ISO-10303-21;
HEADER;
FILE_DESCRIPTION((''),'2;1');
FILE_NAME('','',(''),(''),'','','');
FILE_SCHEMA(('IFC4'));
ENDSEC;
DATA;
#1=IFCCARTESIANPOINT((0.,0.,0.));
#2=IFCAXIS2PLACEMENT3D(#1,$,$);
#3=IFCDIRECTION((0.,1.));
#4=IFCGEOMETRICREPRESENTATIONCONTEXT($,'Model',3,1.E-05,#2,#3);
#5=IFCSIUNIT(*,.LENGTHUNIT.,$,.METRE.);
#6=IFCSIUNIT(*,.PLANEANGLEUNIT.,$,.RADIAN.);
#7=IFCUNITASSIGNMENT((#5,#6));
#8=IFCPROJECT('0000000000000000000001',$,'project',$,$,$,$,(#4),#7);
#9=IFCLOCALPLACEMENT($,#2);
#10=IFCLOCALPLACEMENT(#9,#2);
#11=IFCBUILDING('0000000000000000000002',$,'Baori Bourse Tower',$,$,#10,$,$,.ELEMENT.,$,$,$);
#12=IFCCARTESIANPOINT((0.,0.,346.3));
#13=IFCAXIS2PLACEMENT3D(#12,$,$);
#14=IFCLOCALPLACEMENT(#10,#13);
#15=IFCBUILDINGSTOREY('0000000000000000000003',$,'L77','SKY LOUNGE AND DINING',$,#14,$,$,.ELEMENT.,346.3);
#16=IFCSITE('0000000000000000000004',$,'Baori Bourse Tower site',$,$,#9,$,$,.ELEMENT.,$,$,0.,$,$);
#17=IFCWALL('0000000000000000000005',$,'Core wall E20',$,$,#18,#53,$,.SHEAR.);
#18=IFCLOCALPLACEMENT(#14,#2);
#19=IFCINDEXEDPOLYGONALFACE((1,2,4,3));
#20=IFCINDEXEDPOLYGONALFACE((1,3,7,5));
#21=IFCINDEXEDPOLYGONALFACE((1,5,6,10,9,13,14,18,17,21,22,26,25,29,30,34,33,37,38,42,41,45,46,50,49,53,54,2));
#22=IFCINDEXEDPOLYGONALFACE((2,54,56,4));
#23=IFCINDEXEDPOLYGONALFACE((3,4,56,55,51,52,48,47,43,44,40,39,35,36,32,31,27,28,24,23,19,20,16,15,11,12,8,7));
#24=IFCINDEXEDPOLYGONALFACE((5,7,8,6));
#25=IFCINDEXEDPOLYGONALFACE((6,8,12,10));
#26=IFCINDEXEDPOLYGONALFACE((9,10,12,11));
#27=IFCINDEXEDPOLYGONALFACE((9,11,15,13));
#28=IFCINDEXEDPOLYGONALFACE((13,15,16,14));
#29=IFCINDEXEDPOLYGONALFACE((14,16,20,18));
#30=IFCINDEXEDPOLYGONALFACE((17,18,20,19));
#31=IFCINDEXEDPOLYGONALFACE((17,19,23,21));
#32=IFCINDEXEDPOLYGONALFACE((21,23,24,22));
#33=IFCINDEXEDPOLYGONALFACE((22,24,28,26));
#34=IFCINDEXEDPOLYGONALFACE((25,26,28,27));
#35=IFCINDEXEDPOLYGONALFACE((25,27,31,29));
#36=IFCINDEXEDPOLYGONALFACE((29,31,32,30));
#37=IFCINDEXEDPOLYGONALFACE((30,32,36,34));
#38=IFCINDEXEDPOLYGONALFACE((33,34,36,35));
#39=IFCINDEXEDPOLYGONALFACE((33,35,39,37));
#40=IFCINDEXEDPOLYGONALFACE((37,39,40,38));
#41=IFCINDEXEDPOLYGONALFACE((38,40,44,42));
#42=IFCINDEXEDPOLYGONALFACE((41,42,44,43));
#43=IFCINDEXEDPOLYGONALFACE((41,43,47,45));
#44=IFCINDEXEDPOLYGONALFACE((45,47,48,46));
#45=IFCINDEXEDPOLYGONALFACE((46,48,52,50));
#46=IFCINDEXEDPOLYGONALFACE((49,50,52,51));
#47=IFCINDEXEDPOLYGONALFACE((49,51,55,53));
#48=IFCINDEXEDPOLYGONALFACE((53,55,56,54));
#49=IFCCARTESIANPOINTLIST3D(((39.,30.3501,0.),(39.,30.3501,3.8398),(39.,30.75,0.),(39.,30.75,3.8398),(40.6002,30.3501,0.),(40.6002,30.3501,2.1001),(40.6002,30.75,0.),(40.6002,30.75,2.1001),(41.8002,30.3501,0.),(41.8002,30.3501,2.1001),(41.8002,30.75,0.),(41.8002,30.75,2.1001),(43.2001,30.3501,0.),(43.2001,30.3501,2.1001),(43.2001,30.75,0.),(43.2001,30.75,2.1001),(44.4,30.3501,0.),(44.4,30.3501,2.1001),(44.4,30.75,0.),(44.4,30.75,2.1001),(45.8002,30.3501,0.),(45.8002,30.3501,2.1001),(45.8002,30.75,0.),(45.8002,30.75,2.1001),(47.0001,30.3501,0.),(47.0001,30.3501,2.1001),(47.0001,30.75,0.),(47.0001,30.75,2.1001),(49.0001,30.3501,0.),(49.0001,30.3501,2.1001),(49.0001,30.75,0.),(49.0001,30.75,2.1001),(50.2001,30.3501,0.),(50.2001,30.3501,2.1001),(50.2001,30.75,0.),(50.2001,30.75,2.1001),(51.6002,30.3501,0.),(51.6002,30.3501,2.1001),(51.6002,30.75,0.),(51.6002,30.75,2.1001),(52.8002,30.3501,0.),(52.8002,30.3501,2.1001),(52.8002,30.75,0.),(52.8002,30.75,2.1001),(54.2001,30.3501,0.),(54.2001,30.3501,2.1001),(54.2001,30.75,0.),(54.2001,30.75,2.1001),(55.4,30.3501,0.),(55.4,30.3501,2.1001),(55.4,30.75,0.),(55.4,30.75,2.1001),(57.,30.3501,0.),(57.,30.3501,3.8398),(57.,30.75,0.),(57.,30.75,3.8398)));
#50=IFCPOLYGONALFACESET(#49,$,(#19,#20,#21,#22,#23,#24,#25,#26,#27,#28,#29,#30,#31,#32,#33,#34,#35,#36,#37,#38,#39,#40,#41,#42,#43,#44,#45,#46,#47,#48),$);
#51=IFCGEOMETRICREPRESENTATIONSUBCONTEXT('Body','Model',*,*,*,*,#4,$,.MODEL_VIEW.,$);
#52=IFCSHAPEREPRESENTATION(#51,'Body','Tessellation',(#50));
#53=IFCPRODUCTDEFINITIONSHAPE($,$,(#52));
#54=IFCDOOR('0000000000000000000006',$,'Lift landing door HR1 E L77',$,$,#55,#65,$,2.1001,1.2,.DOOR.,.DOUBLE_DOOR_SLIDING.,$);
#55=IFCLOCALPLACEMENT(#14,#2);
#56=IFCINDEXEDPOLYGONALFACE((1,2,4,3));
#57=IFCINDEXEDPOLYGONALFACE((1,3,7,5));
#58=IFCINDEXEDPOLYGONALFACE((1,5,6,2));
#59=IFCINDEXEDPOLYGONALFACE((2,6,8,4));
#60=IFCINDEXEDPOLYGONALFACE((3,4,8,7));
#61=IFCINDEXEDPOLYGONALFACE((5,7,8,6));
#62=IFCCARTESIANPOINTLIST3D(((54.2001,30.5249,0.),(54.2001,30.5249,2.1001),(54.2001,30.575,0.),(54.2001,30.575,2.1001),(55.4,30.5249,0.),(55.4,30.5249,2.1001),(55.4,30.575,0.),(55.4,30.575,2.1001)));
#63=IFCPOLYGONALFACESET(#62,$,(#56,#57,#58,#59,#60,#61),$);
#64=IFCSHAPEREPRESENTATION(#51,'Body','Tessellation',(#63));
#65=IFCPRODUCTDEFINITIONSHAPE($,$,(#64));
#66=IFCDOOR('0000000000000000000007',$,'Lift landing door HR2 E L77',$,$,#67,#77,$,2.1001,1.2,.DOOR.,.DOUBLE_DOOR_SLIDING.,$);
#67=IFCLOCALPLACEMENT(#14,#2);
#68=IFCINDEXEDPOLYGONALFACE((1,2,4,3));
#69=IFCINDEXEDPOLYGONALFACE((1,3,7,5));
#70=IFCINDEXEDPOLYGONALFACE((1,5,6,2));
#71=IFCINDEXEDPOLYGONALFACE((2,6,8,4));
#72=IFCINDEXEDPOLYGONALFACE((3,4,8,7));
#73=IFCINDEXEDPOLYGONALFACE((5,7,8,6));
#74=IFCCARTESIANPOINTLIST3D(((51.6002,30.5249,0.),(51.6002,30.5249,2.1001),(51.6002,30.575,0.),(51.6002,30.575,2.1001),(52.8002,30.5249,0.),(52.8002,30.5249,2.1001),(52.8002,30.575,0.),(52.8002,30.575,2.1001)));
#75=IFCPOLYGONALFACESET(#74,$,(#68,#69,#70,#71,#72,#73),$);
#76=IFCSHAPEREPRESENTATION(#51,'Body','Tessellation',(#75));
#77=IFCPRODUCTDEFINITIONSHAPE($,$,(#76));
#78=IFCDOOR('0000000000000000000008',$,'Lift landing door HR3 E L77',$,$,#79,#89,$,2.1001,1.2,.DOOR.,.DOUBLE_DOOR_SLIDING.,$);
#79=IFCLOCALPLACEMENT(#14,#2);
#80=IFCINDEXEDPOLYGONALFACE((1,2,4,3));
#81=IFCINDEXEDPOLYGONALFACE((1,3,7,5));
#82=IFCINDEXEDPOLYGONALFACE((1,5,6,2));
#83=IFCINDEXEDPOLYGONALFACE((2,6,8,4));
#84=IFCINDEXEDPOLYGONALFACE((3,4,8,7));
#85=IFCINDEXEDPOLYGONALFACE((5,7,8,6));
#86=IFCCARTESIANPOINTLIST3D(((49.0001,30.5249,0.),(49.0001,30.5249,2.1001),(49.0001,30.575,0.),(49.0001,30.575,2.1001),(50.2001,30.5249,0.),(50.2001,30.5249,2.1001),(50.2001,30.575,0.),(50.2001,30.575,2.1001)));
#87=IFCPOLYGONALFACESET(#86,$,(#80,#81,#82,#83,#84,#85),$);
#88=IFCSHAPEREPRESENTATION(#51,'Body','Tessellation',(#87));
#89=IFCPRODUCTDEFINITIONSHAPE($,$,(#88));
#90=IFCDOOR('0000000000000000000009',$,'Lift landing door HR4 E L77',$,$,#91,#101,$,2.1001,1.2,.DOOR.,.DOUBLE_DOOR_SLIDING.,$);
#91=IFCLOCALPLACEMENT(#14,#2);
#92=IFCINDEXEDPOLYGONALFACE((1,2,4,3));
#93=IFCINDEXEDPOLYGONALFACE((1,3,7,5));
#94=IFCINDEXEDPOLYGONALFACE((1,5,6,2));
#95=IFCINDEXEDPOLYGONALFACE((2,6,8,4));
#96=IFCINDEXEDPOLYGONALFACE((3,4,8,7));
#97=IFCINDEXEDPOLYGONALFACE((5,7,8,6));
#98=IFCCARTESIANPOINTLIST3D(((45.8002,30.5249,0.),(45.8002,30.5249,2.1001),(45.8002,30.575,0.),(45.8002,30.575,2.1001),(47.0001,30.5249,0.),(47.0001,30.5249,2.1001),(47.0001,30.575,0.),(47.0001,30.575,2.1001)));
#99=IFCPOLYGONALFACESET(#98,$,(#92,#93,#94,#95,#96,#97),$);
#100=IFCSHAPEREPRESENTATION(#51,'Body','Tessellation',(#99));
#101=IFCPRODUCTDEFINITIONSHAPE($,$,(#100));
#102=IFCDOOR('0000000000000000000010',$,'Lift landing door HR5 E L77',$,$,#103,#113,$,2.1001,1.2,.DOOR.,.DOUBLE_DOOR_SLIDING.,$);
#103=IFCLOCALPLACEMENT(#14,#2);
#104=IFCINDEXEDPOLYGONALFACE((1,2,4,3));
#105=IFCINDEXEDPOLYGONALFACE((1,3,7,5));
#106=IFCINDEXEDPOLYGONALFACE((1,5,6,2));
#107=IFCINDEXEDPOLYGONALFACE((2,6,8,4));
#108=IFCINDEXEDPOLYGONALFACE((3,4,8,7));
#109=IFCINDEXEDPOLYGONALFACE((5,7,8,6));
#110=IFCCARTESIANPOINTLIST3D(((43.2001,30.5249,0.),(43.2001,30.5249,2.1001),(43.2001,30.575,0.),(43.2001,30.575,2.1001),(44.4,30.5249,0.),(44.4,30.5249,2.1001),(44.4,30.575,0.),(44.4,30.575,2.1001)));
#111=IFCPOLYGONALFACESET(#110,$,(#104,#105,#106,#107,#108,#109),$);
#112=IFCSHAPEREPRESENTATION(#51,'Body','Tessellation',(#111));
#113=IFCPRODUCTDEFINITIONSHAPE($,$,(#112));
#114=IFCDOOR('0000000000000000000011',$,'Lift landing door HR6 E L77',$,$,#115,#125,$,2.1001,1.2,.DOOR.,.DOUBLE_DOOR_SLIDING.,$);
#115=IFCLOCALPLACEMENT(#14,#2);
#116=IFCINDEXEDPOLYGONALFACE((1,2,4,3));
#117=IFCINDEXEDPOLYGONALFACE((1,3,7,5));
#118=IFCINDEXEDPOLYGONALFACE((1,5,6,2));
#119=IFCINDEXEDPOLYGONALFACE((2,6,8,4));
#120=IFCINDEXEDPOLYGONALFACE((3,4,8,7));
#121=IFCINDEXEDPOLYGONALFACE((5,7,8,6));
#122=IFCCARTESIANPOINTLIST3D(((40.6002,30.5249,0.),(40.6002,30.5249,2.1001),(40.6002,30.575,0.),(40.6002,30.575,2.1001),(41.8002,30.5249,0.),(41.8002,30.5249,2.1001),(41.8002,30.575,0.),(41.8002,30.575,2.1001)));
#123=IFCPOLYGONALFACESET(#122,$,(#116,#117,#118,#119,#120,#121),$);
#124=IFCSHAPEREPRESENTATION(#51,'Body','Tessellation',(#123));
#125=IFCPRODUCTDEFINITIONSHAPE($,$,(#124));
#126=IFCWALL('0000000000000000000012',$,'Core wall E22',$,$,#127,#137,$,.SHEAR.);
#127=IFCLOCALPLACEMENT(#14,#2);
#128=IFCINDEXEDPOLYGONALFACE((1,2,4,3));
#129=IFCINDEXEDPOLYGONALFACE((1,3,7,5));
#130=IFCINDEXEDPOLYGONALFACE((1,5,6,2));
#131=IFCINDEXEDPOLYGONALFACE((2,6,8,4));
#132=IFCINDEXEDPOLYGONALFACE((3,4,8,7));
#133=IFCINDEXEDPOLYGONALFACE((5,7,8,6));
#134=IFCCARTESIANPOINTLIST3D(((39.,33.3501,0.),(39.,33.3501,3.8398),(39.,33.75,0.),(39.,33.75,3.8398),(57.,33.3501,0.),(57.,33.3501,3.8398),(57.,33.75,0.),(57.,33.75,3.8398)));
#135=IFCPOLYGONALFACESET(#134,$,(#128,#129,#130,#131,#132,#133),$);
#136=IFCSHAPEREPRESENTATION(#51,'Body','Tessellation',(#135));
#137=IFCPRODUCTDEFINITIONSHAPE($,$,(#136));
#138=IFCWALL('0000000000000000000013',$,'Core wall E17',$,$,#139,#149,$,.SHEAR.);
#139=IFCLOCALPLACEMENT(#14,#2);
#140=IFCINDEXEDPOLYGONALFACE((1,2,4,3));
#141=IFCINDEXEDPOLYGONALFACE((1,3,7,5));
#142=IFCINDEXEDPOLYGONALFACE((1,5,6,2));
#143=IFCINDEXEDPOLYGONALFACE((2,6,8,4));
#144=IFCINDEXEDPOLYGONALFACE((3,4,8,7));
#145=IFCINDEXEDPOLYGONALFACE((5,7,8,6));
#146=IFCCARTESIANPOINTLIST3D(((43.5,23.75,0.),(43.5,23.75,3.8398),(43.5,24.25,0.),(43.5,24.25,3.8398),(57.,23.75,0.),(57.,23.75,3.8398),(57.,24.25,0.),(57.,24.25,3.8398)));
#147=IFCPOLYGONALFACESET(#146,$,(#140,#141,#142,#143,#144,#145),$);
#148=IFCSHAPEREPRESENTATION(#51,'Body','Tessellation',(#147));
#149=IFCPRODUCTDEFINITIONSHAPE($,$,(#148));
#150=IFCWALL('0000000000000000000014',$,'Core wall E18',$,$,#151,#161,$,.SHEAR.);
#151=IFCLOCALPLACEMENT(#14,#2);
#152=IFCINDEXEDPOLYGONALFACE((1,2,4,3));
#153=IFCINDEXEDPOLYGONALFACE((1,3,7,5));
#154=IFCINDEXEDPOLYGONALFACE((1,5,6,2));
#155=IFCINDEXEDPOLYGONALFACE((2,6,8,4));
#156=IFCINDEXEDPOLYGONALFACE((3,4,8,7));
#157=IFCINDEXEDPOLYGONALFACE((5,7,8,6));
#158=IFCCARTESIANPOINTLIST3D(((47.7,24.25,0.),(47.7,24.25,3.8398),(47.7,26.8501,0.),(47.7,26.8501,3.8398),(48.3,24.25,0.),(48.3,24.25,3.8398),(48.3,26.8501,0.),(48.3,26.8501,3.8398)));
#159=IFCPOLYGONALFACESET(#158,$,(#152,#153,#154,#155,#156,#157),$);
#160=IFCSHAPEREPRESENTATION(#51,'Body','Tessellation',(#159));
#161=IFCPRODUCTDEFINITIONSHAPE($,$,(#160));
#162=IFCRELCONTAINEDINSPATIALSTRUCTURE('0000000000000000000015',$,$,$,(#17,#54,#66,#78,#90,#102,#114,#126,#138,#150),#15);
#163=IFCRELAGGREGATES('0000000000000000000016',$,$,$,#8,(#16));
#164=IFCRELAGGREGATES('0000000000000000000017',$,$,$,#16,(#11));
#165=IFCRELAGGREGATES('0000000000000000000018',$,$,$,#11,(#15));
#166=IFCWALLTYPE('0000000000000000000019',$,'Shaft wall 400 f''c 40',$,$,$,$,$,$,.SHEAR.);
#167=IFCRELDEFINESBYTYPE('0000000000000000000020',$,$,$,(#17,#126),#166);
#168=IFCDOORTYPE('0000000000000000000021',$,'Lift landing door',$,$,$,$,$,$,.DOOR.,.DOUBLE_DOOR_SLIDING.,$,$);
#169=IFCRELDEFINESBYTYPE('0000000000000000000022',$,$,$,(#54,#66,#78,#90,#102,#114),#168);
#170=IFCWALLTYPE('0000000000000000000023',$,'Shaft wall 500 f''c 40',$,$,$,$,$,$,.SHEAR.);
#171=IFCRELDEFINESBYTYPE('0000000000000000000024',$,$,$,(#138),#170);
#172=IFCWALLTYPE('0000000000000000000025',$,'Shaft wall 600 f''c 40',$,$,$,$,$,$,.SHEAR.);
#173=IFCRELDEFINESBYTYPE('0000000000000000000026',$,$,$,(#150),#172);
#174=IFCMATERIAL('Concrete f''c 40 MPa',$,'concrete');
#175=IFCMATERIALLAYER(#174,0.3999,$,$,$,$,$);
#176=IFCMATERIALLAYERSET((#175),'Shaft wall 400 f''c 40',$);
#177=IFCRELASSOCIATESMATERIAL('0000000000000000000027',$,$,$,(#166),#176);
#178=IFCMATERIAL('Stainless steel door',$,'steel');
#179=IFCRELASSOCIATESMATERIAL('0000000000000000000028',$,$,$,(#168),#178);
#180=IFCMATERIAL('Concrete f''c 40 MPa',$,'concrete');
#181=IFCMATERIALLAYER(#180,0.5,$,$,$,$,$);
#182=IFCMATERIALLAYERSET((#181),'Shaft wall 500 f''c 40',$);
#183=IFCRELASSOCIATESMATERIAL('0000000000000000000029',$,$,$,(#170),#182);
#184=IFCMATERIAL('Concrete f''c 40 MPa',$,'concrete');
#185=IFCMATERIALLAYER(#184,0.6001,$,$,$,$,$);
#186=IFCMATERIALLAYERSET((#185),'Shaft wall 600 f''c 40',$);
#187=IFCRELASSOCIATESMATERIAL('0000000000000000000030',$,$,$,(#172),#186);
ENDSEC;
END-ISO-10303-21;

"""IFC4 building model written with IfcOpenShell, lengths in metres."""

from ifc_helpers import new_model, si_unit, direction, frame, frame_2d, origin, place, context, subcontext, project, spatial, rectangle, extrude, material, layer, layer_set, type_object, element, fill, save


model = new_model("IFC4")

# Units and contexts
model_context = context("Model", 3, precision=1e-05, world=origin(), true_north=direction((0.0, 1.0)))
body_context = subcontext(model_context, "Body", "Model", "MODEL_VIEW")
ifc_project = project(units=[si_unit("LENGTHUNIT", "METRE"), si_unit("PLANEANGLEUNIT", "RADIAN")], contexts=[model_context])

# Site, building, storey
site_placement = place(None, origin())
site = spatial("IfcSite", under=ifc_project, at=site_placement, Name="Baori Bourse Tower site", CompositionType="ELEMENT", RefElevation=0.0)
building_placement = place(site_placement, origin())
building = spatial("IfcBuilding", under=site, at=building_placement, Name="Baori Bourse Tower", CompositionType="ELEMENT")
storey_placement = place(building_placement, frame((0.0, 0.0, 346.3)))
storey = spatial("IfcBuildingStorey", under=building, at=storey_placement, Name="L77", Description="SKY LOUNGE AND DINING", CompositionType="ELEMENT", Elevation=346.3)

# Wall, openings, doors
ifc_material_1 = material(Name="Concrete f'c 40 MPa", Category="concrete")
ifc_layer_1 = layer(ifc_material_1, 0.3999)
ifc_layer_set_1 = layer_set([ifc_layer_1], Name="Shaft wall 400 f'c 40")
wall_type_1 = type_object("IfcWallType", Name="Shaft wall 400 f'c 40", PredefinedType="SHEAR", material=ifc_layer_set_1)
ifc_material_2 = material(Name="Stainless steel door", Category="steel")
door_type_1 = type_object("IfcDoorType", Name="Lift landing door", OperationType="DOUBLE_DOOR_SLIDING", PredefinedType="DOOR", material=ifc_material_2)
wall_1_placement = place(storey_placement, frame((39.0, 30.55, 0.0), z_axis=(0.0, 0.0, 1.0), x_axis=(1.0, 0.0, 0.0)))
wall_1 = element("IfcWall", 1, at=wall_1_placement, inside=storey, type_object=wall_type_1, Name="Core wall E20", PredefinedType="SHEAR", context=body_context, shape_type="SweptSolid", body=[
    extrude(rectangle(XDim=18.0, YDim=0.3999, at=frame_2d((9.0, 0.0))), origin(), (0.0, 0.0, 1.0), 3.8398),
])
opening_1_placement = place(wall_1_placement, frame((15.2, 0.0, 0.0)))
opening_1 = element("IfcOpeningElement", 2, at=opening_1_placement, cuts=wall_1, PredefinedType="OPENING", context=body_context, shape_type="SweptSolid", body=[
    extrude(rectangle(XDim=1.2, YDim=2.1001, at=frame_2d((0.6001, 1.05))), frame((0.0, 0.21, 0.0), z_axis=(0.0, -1.0, 0.0), x_axis=(1.0, 0.0, 0.0)), (0.0, 0.0, 1.0), 0.4199),
])
opening_2_placement = place(wall_1_placement, frame((12.6001, 0.0, 0.0)))
opening_2 = element("IfcOpeningElement", 3, at=opening_2_placement, cuts=wall_1, PredefinedType="OPENING", context=body_context, shape_type="SweptSolid", body=[
    extrude(rectangle(XDim=1.2, YDim=2.1001, at=frame_2d((0.6001, 1.05))), frame((0.0, 0.21, 0.0), z_axis=(0.0, -1.0, 0.0), x_axis=(1.0, 0.0, 0.0)), (0.0, 0.0, 1.0), 0.4199),
])
opening_3_placement = place(wall_1_placement, frame((10.0, 0.0, 0.0)))
opening_3 = element("IfcOpeningElement", 4, at=opening_3_placement, cuts=wall_1, PredefinedType="OPENING", context=body_context, shape_type="SweptSolid", body=[
    extrude(rectangle(XDim=1.2, YDim=2.1001, at=frame_2d((0.6001, 1.05))), frame((0.0, 0.21, 0.0), z_axis=(0.0, -1.0, 0.0), x_axis=(1.0, 0.0, 0.0)), (0.0, 0.0, 1.0), 0.4199),
])
opening_4_placement = place(wall_1_placement, frame((6.8, 0.0, 0.0)))
opening_4 = element("IfcOpeningElement", 5, at=opening_4_placement, cuts=wall_1, PredefinedType="OPENING", context=body_context, shape_type="SweptSolid", body=[
    extrude(rectangle(XDim=1.2, YDim=2.1001, at=frame_2d((0.6001, 1.05))), frame((0.0, 0.21, 0.0), z_axis=(0.0, -1.0, 0.0), x_axis=(1.0, 0.0, 0.0)), (0.0, 0.0, 1.0), 0.4199),
])
opening_5_placement = place(wall_1_placement, frame((4.2, 0.0, 0.0)))
opening_5 = element("IfcOpeningElement", 6, at=opening_5_placement, cuts=wall_1, PredefinedType="OPENING", context=body_context, shape_type="SweptSolid", body=[
    extrude(rectangle(XDim=1.2, YDim=2.1001, at=frame_2d((0.6001, 1.05))), frame((0.0, 0.21, 0.0), z_axis=(0.0, -1.0, 0.0), x_axis=(1.0, 0.0, 0.0)), (0.0, 0.0, 1.0), 0.4199),
])
opening_6_placement = place(wall_1_placement, frame((1.6001, 0.0, 0.0)))
opening_6 = element("IfcOpeningElement", 7, at=opening_6_placement, cuts=wall_1, PredefinedType="OPENING", context=body_context, shape_type="SweptSolid", body=[
    extrude(rectangle(XDim=1.2, YDim=2.1001, at=frame_2d((0.6001, 1.05))), frame((0.0, 0.21, 0.0), z_axis=(0.0, -1.0, 0.0), x_axis=(1.0, 0.0, 0.0)), (0.0, 0.0, 1.0), 0.4199),
])
door_1_placement = place(opening_1_placement, origin())
door_1 = element("IfcDoor", 8, at=door_1_placement, inside=storey, type_object=door_type_1, Name="Lift landing door HR1 E L77", OperationType="DOUBLE_DOOR_SLIDING", OverallHeight=2.1001, OverallWidth=1.2, PredefinedType="DOOR", context=body_context, shape_type="SweptSolid", body=[
    extrude(rectangle(XDim=1.2, YDim=2.1001, at=frame_2d((0.6001, 1.05))), frame((0.0, 0.0249, 0.0), z_axis=(0.0, -1.0, 0.0), x_axis=(1.0, 0.0, 0.0)), (0.0, 0.0, 1.0), 0.05),
])
fill(opening_1, door_1)
door_2_placement = place(opening_2_placement, origin())
door_2 = element("IfcDoor", 9, at=door_2_placement, inside=storey, type_object=door_type_1, Name="Lift landing door HR2 E L77", OperationType="DOUBLE_DOOR_SLIDING", OverallHeight=2.1001, OverallWidth=1.2, PredefinedType="DOOR", context=body_context, shape_type="SweptSolid", body=[
    extrude(rectangle(XDim=1.2, YDim=2.1001, at=frame_2d((0.6001, 1.05))), frame((0.0, 0.0249, 0.0), z_axis=(0.0, -1.0, 0.0), x_axis=(1.0, 0.0, 0.0)), (0.0, 0.0, 1.0), 0.05),
])
fill(opening_2, door_2)
door_3_placement = place(opening_3_placement, origin())
door_3 = element("IfcDoor", 10, at=door_3_placement, inside=storey, type_object=door_type_1, Name="Lift landing door HR3 E L77", OperationType="DOUBLE_DOOR_SLIDING", OverallHeight=2.1001, OverallWidth=1.2, PredefinedType="DOOR", context=body_context, shape_type="SweptSolid", body=[
    extrude(rectangle(XDim=1.2, YDim=2.1001, at=frame_2d((0.6001, 1.05))), frame((0.0, 0.0249, 0.0), z_axis=(0.0, -1.0, 0.0), x_axis=(1.0, 0.0, 0.0)), (0.0, 0.0, 1.0), 0.05),
])
fill(opening_3, door_3)
door_4_placement = place(opening_4_placement, origin())
door_4 = element("IfcDoor", 11, at=door_4_placement, inside=storey, type_object=door_type_1, Name="Lift landing door HR4 E L77", OperationType="DOUBLE_DOOR_SLIDING", OverallHeight=2.1001, OverallWidth=1.2, PredefinedType="DOOR", context=body_context, shape_type="SweptSolid", body=[
    extrude(rectangle(XDim=1.2, YDim=2.1001, at=frame_2d((0.6001, 1.05))), frame((0.0, 0.0249, 0.0), z_axis=(0.0, -1.0, 0.0), x_axis=(1.0, 0.0, 0.0)), (0.0, 0.0, 1.0), 0.05),
])
fill(opening_4, door_4)
door_5_placement = place(opening_5_placement, origin())
door_5 = element("IfcDoor", 12, at=door_5_placement, inside=storey, type_object=door_type_1, Name="Lift landing door HR5 E L77", OperationType="DOUBLE_DOOR_SLIDING", OverallHeight=2.1001, OverallWidth=1.2, PredefinedType="DOOR", context=body_context, shape_type="SweptSolid", body=[
    extrude(rectangle(XDim=1.2, YDim=2.1001, at=frame_2d((0.6001, 1.05))), frame((0.0, 0.0249, 0.0), z_axis=(0.0, -1.0, 0.0), x_axis=(1.0, 0.0, 0.0)), (0.0, 0.0, 1.0), 0.05),
])
fill(opening_5, door_5)
door_6_placement = place(opening_6_placement, origin())
door_6 = element("IfcDoor", 13, at=door_6_placement, inside=storey, type_object=door_type_1, Name="Lift landing door HR6 E L77", OperationType="DOUBLE_DOOR_SLIDING", OverallHeight=2.1001, OverallWidth=1.2, PredefinedType="DOOR", context=body_context, shape_type="SweptSolid", body=[
    extrude(rectangle(XDim=1.2, YDim=2.1001, at=frame_2d((0.6001, 1.05))), frame((0.0, 0.0249, 0.0), z_axis=(0.0, -1.0, 0.0), x_axis=(1.0, 0.0, 0.0)), (0.0, 0.0, 1.0), 0.05),
])
fill(opening_6, door_6)

# Walls
wall_2_placement = place(storey_placement, frame((39.0, 33.55, 0.0), z_axis=(0.0, 0.0, 1.0), x_axis=(1.0, 0.0, 0.0)))
element("IfcWall", 14, at=wall_2_placement, inside=storey, type_object=wall_type_1, Name="Core wall E22", PredefinedType="SHEAR", context=body_context, shape_type="SweptSolid", body=[
    extrude(rectangle(XDim=18.0, YDim=0.3999, at=frame_2d((9.0, 0.0))), origin(), (0.0, 0.0, 1.0), 3.8398),
])
ifc_material_3 = material(Name="Concrete f'c 40 MPa", Category="concrete")
ifc_layer_2 = layer(ifc_material_3, 0.5)
ifc_layer_set_2 = layer_set([ifc_layer_2], Name="Shaft wall 500 f'c 40")
wall_type_2 = type_object("IfcWallType", Name="Shaft wall 500 f'c 40", PredefinedType="SHEAR", material=ifc_layer_set_2)
wall_3_placement = place(storey_placement, frame((43.5, 24.0, 0.0), z_axis=(0.0, 0.0, 1.0), x_axis=(1.0, 0.0, 0.0)))
element("IfcWall", 15, at=wall_3_placement, inside=storey, type_object=wall_type_2, Name="Core wall E17", PredefinedType="SHEAR", context=body_context, shape_type="SweptSolid", body=[
    extrude(rectangle(XDim=13.5, YDim=0.5, at=frame_2d((6.75, 0.0))), origin(), (0.0, 0.0, 1.0), 3.8398),
])
ifc_material_4 = material(Name="Concrete f'c 40 MPa", Category="concrete")
ifc_layer_3 = layer(ifc_material_4, 0.6001)
ifc_layer_set_3 = layer_set([ifc_layer_3], Name="Shaft wall 600 f'c 40")
wall_type_3 = type_object("IfcWallType", Name="Shaft wall 600 f'c 40", PredefinedType="SHEAR", material=ifc_layer_set_3)
for number, where, z_axis, x_axis, name in (
    (16, (48.0, 24.25, 0.0), (0.0, 0.0, 1.0), (0.0, 1.0, 0.0), "Core wall E18"),
):
    element("IfcWall", number, at=place(storey_placement, frame(where, z_axis=z_axis, x_axis=x_axis)), inside=storey, type_object=wall_type_3, Name=name, PredefinedType="SHEAR", context=body_context, shape_type="SweptSolid", body=[
        extrude(rectangle(XDim=2.6001, YDim=0.6001, at=frame_2d((1.3, 0.0))), origin(), (0.0, 0.0, 1.0), 3.8398),
    ])

save(model, "model.ifc")
